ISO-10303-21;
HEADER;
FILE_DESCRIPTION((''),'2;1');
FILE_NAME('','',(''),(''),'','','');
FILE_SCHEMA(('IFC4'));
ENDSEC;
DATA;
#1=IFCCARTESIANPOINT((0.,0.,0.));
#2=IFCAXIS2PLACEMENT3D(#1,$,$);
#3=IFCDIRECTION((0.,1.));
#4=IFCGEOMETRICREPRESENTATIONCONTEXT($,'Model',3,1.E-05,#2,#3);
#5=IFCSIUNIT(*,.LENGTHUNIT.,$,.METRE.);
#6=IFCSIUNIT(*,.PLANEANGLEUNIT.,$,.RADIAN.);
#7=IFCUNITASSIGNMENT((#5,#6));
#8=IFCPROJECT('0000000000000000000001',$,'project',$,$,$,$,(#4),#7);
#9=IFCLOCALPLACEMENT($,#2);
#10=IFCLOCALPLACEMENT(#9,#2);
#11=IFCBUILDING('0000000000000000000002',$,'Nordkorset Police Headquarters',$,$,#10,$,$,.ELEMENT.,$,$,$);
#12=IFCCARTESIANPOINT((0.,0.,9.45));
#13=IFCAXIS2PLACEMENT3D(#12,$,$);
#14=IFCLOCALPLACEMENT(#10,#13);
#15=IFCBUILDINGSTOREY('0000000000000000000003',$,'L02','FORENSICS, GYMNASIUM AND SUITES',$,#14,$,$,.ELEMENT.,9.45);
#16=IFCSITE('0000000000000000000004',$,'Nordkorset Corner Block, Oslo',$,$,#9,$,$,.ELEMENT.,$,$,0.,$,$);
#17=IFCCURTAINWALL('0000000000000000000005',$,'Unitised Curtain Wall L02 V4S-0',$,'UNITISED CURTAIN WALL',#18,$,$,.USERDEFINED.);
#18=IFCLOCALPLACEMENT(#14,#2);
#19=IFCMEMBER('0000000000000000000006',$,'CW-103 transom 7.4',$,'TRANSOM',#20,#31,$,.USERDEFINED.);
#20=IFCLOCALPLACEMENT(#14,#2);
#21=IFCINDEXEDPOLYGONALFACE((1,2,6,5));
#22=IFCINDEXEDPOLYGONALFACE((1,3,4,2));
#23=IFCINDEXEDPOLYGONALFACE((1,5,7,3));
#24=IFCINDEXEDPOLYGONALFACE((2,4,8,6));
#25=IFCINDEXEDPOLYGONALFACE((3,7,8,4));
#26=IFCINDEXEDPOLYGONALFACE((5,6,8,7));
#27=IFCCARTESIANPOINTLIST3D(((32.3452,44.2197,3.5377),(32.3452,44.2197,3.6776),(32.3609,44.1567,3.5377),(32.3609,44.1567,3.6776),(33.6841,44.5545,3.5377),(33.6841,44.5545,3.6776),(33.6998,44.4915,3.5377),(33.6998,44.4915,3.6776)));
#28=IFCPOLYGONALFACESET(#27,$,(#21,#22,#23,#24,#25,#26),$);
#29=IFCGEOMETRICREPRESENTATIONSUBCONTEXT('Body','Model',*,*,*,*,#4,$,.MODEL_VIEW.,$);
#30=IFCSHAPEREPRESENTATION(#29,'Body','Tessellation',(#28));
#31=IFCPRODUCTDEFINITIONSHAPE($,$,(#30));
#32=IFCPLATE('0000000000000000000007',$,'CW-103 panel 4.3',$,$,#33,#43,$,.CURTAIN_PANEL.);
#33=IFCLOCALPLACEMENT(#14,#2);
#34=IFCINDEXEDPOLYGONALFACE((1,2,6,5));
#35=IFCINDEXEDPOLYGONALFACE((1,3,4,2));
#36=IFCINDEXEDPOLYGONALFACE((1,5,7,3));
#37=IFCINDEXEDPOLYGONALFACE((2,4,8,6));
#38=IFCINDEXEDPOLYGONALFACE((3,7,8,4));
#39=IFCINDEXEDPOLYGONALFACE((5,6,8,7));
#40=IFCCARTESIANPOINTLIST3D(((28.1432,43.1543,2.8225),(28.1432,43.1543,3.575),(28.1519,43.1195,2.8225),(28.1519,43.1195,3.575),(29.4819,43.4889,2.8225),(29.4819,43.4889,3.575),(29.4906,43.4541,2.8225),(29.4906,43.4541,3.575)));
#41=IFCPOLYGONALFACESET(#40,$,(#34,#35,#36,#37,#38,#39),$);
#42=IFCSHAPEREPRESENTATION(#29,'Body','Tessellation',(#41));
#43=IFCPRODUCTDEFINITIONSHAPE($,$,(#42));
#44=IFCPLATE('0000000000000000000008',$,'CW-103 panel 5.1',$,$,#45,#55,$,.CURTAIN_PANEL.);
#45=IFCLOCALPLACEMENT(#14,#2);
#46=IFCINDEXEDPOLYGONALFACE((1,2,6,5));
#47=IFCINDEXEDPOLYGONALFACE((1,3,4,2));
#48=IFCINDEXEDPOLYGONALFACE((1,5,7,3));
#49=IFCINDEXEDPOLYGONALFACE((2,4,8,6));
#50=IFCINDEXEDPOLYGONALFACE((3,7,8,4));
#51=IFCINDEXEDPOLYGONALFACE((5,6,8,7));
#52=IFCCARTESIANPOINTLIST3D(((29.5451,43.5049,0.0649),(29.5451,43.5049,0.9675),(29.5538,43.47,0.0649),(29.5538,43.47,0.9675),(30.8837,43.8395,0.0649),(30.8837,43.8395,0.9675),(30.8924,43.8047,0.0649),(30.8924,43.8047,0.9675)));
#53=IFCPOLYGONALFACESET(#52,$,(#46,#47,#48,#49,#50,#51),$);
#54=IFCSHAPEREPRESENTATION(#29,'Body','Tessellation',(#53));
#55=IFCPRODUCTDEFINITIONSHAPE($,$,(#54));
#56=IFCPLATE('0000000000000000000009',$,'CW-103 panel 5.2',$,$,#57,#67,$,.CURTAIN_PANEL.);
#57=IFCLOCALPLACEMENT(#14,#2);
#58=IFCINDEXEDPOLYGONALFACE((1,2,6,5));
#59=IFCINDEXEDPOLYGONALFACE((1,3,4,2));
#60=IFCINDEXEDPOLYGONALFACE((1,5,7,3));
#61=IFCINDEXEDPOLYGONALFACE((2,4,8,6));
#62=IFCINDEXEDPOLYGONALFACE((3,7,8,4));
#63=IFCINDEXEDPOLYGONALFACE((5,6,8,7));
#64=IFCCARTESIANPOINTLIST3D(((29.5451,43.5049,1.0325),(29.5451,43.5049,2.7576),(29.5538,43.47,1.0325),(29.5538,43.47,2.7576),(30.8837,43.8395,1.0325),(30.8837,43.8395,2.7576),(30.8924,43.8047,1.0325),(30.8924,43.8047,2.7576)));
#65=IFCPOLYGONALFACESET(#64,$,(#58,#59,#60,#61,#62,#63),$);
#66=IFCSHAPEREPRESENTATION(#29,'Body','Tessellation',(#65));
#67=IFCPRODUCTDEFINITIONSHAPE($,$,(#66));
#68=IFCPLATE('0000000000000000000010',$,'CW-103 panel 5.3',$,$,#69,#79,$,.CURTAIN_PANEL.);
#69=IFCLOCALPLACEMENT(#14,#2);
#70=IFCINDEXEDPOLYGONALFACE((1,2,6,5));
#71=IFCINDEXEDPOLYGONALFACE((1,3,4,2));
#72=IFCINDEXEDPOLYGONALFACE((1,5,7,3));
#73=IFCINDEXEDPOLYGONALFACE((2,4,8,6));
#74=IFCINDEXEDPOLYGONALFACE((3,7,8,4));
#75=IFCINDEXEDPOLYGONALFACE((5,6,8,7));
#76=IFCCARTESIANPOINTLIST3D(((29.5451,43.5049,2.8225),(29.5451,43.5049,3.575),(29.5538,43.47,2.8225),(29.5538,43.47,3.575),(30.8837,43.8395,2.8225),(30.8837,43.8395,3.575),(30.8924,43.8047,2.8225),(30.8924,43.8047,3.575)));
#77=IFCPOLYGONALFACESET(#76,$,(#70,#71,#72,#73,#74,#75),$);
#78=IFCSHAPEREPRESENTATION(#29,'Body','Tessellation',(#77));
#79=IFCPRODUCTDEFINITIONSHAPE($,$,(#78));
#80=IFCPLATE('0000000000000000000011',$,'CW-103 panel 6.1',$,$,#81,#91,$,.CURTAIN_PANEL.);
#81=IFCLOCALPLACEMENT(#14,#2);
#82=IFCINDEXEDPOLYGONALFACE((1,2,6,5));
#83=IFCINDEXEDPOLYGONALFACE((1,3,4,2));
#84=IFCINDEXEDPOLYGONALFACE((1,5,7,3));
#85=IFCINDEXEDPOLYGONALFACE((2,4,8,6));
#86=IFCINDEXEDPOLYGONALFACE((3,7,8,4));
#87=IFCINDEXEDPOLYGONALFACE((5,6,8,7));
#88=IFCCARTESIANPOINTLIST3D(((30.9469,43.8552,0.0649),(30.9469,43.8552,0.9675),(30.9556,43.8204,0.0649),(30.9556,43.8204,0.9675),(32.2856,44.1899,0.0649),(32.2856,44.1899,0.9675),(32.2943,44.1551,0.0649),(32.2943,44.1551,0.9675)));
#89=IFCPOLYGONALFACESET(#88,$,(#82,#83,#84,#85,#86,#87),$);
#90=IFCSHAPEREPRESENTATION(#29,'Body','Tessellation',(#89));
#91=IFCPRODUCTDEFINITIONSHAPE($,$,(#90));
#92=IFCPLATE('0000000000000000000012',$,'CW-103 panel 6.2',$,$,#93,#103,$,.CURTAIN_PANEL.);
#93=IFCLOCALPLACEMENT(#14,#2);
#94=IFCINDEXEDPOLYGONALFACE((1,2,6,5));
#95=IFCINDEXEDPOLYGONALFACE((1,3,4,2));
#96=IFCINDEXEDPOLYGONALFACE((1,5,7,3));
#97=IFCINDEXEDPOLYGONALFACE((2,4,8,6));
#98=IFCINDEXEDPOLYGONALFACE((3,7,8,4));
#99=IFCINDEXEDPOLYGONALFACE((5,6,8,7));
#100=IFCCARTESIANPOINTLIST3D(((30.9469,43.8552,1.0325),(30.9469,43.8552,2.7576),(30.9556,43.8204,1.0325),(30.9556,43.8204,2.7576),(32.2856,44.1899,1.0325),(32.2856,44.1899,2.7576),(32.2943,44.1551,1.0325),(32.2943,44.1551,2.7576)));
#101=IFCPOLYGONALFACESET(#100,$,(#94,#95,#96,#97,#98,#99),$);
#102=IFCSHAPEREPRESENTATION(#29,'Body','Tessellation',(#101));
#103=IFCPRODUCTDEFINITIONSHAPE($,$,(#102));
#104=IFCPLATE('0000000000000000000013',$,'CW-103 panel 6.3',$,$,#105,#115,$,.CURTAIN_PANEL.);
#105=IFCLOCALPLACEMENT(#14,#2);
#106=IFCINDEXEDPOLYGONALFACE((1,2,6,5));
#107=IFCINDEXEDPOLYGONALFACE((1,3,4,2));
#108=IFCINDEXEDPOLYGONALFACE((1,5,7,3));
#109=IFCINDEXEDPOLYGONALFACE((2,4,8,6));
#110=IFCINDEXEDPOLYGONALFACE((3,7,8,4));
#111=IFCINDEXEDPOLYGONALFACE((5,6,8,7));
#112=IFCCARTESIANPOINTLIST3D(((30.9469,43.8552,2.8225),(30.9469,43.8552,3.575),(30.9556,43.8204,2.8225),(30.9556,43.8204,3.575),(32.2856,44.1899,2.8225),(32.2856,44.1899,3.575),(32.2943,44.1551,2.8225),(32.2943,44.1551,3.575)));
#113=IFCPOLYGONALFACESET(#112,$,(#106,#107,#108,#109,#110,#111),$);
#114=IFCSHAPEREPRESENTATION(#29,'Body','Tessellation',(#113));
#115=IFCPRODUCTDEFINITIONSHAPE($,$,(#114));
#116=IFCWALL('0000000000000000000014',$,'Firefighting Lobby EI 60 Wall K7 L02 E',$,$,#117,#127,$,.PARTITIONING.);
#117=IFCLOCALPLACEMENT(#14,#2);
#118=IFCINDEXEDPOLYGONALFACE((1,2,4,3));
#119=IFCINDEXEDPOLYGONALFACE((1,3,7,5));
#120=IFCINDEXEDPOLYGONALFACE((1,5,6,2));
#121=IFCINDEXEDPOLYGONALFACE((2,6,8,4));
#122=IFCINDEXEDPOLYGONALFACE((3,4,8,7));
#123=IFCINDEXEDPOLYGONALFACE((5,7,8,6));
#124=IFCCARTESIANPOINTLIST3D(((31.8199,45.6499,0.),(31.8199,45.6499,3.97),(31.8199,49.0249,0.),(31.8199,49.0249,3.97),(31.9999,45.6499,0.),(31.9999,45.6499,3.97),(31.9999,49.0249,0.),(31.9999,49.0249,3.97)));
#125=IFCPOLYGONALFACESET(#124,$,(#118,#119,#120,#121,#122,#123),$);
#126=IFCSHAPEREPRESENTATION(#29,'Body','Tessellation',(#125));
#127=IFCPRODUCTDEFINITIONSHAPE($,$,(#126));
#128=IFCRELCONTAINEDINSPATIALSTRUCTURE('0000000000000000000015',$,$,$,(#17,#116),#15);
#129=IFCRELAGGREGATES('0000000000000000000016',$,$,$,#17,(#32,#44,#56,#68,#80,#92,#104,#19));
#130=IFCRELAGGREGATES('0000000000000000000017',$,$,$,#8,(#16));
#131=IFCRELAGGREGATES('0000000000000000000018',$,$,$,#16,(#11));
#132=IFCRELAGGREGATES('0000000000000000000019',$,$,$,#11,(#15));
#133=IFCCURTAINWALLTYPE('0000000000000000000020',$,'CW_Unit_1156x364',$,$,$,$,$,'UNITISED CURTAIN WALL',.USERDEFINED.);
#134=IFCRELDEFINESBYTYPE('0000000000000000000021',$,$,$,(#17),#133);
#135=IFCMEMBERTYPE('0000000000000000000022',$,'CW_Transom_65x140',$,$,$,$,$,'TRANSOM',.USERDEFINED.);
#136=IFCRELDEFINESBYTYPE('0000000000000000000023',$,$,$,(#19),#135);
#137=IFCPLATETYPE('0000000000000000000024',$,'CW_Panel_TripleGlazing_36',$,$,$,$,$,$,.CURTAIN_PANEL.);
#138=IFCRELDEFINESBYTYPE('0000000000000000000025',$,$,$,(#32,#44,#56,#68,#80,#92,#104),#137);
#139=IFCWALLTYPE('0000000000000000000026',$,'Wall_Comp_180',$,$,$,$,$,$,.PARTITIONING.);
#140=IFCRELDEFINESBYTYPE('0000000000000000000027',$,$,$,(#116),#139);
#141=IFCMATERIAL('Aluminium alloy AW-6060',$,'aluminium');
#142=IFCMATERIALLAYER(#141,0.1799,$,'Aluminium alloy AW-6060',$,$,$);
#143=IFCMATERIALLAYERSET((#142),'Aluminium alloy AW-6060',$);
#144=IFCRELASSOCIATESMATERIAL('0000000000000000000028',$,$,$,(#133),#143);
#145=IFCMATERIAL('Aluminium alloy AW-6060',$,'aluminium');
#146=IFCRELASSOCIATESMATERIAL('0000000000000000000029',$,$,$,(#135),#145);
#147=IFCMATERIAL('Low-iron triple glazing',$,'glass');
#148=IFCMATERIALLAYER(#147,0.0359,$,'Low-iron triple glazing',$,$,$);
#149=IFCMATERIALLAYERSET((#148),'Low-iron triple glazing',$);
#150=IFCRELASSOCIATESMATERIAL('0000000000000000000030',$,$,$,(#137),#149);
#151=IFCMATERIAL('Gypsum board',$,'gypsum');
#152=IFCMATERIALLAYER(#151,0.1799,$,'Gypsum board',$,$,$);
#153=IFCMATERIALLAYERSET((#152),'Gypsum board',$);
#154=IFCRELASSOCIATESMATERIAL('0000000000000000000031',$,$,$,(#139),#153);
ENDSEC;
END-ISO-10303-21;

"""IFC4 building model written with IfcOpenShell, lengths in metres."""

from ifc_helpers import new_model, si_unit, direction, frame, frame_2d, origin, origin_2d, place, context, subcontext, project, spatial, rectangle, extrude, material, layer, layer_set, material_profile, profile_set, type_object, element, aggregate, save


model = new_model("IFC4")

# Units and contexts
model_context = context("Model", 3, precision=1e-05, world=origin(), true_north=direction((0.0, 1.0)))
body_context = subcontext(model_context, "Body", "Model", "MODEL_VIEW")
ifc_project = project(units=[si_unit("LENGTHUNIT", "METRE"), si_unit("PLANEANGLEUNIT", "RADIAN")], contexts=[model_context])

# Site, building, storey
site_placement = place(None, origin())
site = spatial("IfcSite", under=ifc_project, at=site_placement, Name="Nordkorset Corner Block, Oslo", CompositionType="ELEMENT", RefElevation=0.0)
building_placement = place(site_placement, origin())
building = spatial("IfcBuilding", under=site, at=building_placement, Name="Nordkorset Police Headquarters", CompositionType="ELEMENT")
storey_placement = place(building_placement, frame((0.0, 0.0, 9.45)))
storey = spatial("IfcBuildingStorey", under=building, at=storey_placement, Name="L02", Description="FORENSICS, GYMNASIUM AND SUITES", CompositionType="ELEMENT", Elevation=9.45)

# Curtain wall, member, plates
ifc_material_1 = material(Name="Aluminium alloy AW-6060", Category="aluminium")
ifc_layer_1 = layer(ifc_material_1, 0.1799, Name="Aluminium alloy AW-6060")
ifc_layer_set_1 = layer_set([ifc_layer_1], Name="Aluminium alloy AW-6060")
curtain_wall_type = type_object("IfcCurtainWallType", Name="CW_Unit_1156x364", ElementType="UNITISED CURTAIN WALL", PredefinedType="USERDEFINED", material=ifc_layer_set_1)
curtain_wall_placement = place(storey_placement, origin())
curtain_wall = element("IfcCurtainWall", 1, at=curtain_wall_placement, inside=storey, type_object=curtain_wall_type, Name="Unitised Curtain Wall L02 V4S-0", ObjectType="UNITISED CURTAIN WALL", PredefinedType="USERDEFINED")
ifc_material_2 = material(Name="Aluminium alloy AW-6060", Category="aluminium")
ifc_material_profile_1 = material_profile(ifc_material_2, rectangle(XDim=0.0649, YDim=0.1399, at=origin_2d()), Name="ALU TRAN 65x140")
ifc_profile_set_1 = profile_set([ifc_material_profile_1], Name="Aluminium alloy AW-6060")
member_type_1 = type_object("IfcMemberType", Name="CW_Transom_65x140", ElementType="TRANSOM", PredefinedType="USERDEFINED", material=ifc_profile_set_1)
member_1_placement = place(storey_placement, frame((32.353, 44.1882, 3.6077), z_axis=(0.970143, 0.242536, 0.0), x_axis=(-0.242536, 0.970143, 0.0)))
member_1 = element("IfcMember", 2, at=member_1_placement, type_object=member_type_1, Name="CW-103 transom 7.4", ObjectType="TRANSOM", PredefinedType="USERDEFINED", context=body_context, shape_type="SweptSolid", body=[
    extrude(rectangle(XDim=0.0649, YDim=0.1399, at=origin_2d()), origin(), (0.0, 0.0, 1.0), 1.3801),
])
ifc_material_3 = material(Name="Low-iron triple glazing", Category="glass")
ifc_layer_2 = layer(ifc_material_3, 0.0359, Name="Low-iron triple glazing")
ifc_layer_set_2 = layer_set([ifc_layer_2], Name="Low-iron triple glazing")
plate_type = type_object("IfcPlateType", Name="CW_Panel_TripleGlazing_36", PredefinedType="CURTAIN_PANEL", material=ifc_layer_set_2)
plate_1_placement = place(storey_placement, frame((28.8169, 43.3042, 2.8225), z_axis=(0.0, 0.0, 1.0), x_axis=(0.970143, 0.242536, 0.0)))
plate_1 = element("IfcPlate", 3, at=plate_1_placement, type_object=plate_type, Name="CW-103 panel 4.3", PredefinedType="CURTAIN_PANEL", context=body_context, shape_type="SweptSolid", body=[
    extrude(rectangle(XDim=1.3799, YDim=0.0359, at=origin_2d()), origin(), (0.0, 0.0, 1.0), 0.7524),
])
plate_2_placement = place(storey_placement, frame((30.2188, 43.6548, 0.0649), z_axis=(0.0, 0.0, 1.0), x_axis=(0.970143, 0.242536, 0.0)))
plate_2 = element("IfcPlate", 4, at=plate_2_placement, type_object=plate_type, Name="CW-103 panel 5.1", PredefinedType="CURTAIN_PANEL", context=body_context, shape_type="SweptSolid", body=[
    extrude(rectangle(XDim=1.3799, YDim=0.0359, at=origin_2d()), origin(), (0.0, 0.0, 1.0), 0.9026),
])
plate_3_placement = place(storey_placement, frame((30.2188, 43.6548, 1.0325), z_axis=(0.0, 0.0, 1.0), x_axis=(0.970143, 0.242536, 0.0)))
plate_3 = element("IfcPlate", 5, at=plate_3_placement, type_object=plate_type, Name="CW-103 panel 5.2", PredefinedType="CURTAIN_PANEL", context=body_context, shape_type="SweptSolid", body=[
    extrude(rectangle(XDim=1.3799, YDim=0.0359, at=origin_2d()), origin(), (0.0, 0.0, 1.0), 1.7251),
])
plate_4_placement = place(storey_placement, frame((30.2188, 43.6548, 2.8225), z_axis=(0.0, 0.0, 1.0), x_axis=(0.970143, 0.242536, 0.0)))
plate_4 = element("IfcPlate", 6, at=plate_4_placement, type_object=plate_type, Name="CW-103 panel 5.3", PredefinedType="CURTAIN_PANEL", context=body_context, shape_type="SweptSolid", body=[
    extrude(rectangle(XDim=1.3799, YDim=0.0359, at=origin_2d()), origin(), (0.0, 0.0, 1.0), 0.7524),
])
plate_5_placement = place(storey_placement, frame((31.6206, 44.0051, 0.0649), z_axis=(0.0, 0.0, 1.0), x_axis=(0.970143, 0.242536, 0.0)))
plate_5 = element("IfcPlate", 7, at=plate_5_placement, type_object=plate_type, Name="CW-103 panel 6.1", PredefinedType="CURTAIN_PANEL", context=body_context, shape_type="SweptSolid", body=[
    extrude(rectangle(XDim=1.3799, YDim=0.0359, at=origin_2d()), origin(), (0.0, 0.0, 1.0), 0.9026),
])
plate_6_placement = place(storey_placement, frame((31.6206, 44.0051, 1.0325), z_axis=(0.0, 0.0, 1.0), x_axis=(0.970143, 0.242536, 0.0)))
plate_6 = element("IfcPlate", 8, at=plate_6_placement, type_object=plate_type, Name="CW-103 panel 6.2", PredefinedType="CURTAIN_PANEL", context=body_context, shape_type="SweptSolid", body=[
    extrude(rectangle(XDim=1.3799, YDim=0.0359, at=origin_2d()), origin(), (0.0, 0.0, 1.0), 1.7251),
])
plate_7_placement = place(storey_placement, frame((31.6206, 44.0051, 2.8225), z_axis=(0.0, 0.0, 1.0), x_axis=(0.970143, 0.242536, 0.0)))
plate_7 = element("IfcPlate", 9, at=plate_7_placement, type_object=plate_type, Name="CW-103 panel 6.3", PredefinedType="CURTAIN_PANEL", context=body_context, shape_type="SweptSolid", body=[
    extrude(rectangle(XDim=1.3799, YDim=0.0359, at=origin_2d()), origin(), (0.0, 0.0, 1.0), 0.7524),
])
aggregate(curtain_wall, [plate_1, plate_2, plate_3, plate_4, plate_5, plate_6, plate_7, member_1])

# Wall
ifc_material_4 = material(Name="Gypsum board", Category="gypsum")
ifc_layer_3 = layer(ifc_material_4, 0.1799, Name="Gypsum board")
ifc_layer_set_3 = layer_set([ifc_layer_3], Name="Gypsum board")
wall_type = type_object("IfcWallType", Name="Wall_Comp_180", PredefinedType="PARTITIONING", material=ifc_layer_set_3)
wall_placement = place(storey_placement, frame((31.9099, 45.6499, 0.0), z_axis=(0.0, 0.0, 1.0), x_axis=(0.0, 1.0, 0.0)))
element("IfcWall", 10, at=wall_placement, inside=storey, type_object=wall_type, Name="Firefighting Lobby EI 60 Wall K7 L02 E", PredefinedType="PARTITIONING", context=body_context, shape_type="SweptSolid", body=[
    extrude(rectangle(XDim=3.375, YDim=0.1799, at=frame_2d((1.6875, 0.0))), origin(), (0.0, 0.0, 1.0), 3.97),
])

save(model, "model.ifc")
